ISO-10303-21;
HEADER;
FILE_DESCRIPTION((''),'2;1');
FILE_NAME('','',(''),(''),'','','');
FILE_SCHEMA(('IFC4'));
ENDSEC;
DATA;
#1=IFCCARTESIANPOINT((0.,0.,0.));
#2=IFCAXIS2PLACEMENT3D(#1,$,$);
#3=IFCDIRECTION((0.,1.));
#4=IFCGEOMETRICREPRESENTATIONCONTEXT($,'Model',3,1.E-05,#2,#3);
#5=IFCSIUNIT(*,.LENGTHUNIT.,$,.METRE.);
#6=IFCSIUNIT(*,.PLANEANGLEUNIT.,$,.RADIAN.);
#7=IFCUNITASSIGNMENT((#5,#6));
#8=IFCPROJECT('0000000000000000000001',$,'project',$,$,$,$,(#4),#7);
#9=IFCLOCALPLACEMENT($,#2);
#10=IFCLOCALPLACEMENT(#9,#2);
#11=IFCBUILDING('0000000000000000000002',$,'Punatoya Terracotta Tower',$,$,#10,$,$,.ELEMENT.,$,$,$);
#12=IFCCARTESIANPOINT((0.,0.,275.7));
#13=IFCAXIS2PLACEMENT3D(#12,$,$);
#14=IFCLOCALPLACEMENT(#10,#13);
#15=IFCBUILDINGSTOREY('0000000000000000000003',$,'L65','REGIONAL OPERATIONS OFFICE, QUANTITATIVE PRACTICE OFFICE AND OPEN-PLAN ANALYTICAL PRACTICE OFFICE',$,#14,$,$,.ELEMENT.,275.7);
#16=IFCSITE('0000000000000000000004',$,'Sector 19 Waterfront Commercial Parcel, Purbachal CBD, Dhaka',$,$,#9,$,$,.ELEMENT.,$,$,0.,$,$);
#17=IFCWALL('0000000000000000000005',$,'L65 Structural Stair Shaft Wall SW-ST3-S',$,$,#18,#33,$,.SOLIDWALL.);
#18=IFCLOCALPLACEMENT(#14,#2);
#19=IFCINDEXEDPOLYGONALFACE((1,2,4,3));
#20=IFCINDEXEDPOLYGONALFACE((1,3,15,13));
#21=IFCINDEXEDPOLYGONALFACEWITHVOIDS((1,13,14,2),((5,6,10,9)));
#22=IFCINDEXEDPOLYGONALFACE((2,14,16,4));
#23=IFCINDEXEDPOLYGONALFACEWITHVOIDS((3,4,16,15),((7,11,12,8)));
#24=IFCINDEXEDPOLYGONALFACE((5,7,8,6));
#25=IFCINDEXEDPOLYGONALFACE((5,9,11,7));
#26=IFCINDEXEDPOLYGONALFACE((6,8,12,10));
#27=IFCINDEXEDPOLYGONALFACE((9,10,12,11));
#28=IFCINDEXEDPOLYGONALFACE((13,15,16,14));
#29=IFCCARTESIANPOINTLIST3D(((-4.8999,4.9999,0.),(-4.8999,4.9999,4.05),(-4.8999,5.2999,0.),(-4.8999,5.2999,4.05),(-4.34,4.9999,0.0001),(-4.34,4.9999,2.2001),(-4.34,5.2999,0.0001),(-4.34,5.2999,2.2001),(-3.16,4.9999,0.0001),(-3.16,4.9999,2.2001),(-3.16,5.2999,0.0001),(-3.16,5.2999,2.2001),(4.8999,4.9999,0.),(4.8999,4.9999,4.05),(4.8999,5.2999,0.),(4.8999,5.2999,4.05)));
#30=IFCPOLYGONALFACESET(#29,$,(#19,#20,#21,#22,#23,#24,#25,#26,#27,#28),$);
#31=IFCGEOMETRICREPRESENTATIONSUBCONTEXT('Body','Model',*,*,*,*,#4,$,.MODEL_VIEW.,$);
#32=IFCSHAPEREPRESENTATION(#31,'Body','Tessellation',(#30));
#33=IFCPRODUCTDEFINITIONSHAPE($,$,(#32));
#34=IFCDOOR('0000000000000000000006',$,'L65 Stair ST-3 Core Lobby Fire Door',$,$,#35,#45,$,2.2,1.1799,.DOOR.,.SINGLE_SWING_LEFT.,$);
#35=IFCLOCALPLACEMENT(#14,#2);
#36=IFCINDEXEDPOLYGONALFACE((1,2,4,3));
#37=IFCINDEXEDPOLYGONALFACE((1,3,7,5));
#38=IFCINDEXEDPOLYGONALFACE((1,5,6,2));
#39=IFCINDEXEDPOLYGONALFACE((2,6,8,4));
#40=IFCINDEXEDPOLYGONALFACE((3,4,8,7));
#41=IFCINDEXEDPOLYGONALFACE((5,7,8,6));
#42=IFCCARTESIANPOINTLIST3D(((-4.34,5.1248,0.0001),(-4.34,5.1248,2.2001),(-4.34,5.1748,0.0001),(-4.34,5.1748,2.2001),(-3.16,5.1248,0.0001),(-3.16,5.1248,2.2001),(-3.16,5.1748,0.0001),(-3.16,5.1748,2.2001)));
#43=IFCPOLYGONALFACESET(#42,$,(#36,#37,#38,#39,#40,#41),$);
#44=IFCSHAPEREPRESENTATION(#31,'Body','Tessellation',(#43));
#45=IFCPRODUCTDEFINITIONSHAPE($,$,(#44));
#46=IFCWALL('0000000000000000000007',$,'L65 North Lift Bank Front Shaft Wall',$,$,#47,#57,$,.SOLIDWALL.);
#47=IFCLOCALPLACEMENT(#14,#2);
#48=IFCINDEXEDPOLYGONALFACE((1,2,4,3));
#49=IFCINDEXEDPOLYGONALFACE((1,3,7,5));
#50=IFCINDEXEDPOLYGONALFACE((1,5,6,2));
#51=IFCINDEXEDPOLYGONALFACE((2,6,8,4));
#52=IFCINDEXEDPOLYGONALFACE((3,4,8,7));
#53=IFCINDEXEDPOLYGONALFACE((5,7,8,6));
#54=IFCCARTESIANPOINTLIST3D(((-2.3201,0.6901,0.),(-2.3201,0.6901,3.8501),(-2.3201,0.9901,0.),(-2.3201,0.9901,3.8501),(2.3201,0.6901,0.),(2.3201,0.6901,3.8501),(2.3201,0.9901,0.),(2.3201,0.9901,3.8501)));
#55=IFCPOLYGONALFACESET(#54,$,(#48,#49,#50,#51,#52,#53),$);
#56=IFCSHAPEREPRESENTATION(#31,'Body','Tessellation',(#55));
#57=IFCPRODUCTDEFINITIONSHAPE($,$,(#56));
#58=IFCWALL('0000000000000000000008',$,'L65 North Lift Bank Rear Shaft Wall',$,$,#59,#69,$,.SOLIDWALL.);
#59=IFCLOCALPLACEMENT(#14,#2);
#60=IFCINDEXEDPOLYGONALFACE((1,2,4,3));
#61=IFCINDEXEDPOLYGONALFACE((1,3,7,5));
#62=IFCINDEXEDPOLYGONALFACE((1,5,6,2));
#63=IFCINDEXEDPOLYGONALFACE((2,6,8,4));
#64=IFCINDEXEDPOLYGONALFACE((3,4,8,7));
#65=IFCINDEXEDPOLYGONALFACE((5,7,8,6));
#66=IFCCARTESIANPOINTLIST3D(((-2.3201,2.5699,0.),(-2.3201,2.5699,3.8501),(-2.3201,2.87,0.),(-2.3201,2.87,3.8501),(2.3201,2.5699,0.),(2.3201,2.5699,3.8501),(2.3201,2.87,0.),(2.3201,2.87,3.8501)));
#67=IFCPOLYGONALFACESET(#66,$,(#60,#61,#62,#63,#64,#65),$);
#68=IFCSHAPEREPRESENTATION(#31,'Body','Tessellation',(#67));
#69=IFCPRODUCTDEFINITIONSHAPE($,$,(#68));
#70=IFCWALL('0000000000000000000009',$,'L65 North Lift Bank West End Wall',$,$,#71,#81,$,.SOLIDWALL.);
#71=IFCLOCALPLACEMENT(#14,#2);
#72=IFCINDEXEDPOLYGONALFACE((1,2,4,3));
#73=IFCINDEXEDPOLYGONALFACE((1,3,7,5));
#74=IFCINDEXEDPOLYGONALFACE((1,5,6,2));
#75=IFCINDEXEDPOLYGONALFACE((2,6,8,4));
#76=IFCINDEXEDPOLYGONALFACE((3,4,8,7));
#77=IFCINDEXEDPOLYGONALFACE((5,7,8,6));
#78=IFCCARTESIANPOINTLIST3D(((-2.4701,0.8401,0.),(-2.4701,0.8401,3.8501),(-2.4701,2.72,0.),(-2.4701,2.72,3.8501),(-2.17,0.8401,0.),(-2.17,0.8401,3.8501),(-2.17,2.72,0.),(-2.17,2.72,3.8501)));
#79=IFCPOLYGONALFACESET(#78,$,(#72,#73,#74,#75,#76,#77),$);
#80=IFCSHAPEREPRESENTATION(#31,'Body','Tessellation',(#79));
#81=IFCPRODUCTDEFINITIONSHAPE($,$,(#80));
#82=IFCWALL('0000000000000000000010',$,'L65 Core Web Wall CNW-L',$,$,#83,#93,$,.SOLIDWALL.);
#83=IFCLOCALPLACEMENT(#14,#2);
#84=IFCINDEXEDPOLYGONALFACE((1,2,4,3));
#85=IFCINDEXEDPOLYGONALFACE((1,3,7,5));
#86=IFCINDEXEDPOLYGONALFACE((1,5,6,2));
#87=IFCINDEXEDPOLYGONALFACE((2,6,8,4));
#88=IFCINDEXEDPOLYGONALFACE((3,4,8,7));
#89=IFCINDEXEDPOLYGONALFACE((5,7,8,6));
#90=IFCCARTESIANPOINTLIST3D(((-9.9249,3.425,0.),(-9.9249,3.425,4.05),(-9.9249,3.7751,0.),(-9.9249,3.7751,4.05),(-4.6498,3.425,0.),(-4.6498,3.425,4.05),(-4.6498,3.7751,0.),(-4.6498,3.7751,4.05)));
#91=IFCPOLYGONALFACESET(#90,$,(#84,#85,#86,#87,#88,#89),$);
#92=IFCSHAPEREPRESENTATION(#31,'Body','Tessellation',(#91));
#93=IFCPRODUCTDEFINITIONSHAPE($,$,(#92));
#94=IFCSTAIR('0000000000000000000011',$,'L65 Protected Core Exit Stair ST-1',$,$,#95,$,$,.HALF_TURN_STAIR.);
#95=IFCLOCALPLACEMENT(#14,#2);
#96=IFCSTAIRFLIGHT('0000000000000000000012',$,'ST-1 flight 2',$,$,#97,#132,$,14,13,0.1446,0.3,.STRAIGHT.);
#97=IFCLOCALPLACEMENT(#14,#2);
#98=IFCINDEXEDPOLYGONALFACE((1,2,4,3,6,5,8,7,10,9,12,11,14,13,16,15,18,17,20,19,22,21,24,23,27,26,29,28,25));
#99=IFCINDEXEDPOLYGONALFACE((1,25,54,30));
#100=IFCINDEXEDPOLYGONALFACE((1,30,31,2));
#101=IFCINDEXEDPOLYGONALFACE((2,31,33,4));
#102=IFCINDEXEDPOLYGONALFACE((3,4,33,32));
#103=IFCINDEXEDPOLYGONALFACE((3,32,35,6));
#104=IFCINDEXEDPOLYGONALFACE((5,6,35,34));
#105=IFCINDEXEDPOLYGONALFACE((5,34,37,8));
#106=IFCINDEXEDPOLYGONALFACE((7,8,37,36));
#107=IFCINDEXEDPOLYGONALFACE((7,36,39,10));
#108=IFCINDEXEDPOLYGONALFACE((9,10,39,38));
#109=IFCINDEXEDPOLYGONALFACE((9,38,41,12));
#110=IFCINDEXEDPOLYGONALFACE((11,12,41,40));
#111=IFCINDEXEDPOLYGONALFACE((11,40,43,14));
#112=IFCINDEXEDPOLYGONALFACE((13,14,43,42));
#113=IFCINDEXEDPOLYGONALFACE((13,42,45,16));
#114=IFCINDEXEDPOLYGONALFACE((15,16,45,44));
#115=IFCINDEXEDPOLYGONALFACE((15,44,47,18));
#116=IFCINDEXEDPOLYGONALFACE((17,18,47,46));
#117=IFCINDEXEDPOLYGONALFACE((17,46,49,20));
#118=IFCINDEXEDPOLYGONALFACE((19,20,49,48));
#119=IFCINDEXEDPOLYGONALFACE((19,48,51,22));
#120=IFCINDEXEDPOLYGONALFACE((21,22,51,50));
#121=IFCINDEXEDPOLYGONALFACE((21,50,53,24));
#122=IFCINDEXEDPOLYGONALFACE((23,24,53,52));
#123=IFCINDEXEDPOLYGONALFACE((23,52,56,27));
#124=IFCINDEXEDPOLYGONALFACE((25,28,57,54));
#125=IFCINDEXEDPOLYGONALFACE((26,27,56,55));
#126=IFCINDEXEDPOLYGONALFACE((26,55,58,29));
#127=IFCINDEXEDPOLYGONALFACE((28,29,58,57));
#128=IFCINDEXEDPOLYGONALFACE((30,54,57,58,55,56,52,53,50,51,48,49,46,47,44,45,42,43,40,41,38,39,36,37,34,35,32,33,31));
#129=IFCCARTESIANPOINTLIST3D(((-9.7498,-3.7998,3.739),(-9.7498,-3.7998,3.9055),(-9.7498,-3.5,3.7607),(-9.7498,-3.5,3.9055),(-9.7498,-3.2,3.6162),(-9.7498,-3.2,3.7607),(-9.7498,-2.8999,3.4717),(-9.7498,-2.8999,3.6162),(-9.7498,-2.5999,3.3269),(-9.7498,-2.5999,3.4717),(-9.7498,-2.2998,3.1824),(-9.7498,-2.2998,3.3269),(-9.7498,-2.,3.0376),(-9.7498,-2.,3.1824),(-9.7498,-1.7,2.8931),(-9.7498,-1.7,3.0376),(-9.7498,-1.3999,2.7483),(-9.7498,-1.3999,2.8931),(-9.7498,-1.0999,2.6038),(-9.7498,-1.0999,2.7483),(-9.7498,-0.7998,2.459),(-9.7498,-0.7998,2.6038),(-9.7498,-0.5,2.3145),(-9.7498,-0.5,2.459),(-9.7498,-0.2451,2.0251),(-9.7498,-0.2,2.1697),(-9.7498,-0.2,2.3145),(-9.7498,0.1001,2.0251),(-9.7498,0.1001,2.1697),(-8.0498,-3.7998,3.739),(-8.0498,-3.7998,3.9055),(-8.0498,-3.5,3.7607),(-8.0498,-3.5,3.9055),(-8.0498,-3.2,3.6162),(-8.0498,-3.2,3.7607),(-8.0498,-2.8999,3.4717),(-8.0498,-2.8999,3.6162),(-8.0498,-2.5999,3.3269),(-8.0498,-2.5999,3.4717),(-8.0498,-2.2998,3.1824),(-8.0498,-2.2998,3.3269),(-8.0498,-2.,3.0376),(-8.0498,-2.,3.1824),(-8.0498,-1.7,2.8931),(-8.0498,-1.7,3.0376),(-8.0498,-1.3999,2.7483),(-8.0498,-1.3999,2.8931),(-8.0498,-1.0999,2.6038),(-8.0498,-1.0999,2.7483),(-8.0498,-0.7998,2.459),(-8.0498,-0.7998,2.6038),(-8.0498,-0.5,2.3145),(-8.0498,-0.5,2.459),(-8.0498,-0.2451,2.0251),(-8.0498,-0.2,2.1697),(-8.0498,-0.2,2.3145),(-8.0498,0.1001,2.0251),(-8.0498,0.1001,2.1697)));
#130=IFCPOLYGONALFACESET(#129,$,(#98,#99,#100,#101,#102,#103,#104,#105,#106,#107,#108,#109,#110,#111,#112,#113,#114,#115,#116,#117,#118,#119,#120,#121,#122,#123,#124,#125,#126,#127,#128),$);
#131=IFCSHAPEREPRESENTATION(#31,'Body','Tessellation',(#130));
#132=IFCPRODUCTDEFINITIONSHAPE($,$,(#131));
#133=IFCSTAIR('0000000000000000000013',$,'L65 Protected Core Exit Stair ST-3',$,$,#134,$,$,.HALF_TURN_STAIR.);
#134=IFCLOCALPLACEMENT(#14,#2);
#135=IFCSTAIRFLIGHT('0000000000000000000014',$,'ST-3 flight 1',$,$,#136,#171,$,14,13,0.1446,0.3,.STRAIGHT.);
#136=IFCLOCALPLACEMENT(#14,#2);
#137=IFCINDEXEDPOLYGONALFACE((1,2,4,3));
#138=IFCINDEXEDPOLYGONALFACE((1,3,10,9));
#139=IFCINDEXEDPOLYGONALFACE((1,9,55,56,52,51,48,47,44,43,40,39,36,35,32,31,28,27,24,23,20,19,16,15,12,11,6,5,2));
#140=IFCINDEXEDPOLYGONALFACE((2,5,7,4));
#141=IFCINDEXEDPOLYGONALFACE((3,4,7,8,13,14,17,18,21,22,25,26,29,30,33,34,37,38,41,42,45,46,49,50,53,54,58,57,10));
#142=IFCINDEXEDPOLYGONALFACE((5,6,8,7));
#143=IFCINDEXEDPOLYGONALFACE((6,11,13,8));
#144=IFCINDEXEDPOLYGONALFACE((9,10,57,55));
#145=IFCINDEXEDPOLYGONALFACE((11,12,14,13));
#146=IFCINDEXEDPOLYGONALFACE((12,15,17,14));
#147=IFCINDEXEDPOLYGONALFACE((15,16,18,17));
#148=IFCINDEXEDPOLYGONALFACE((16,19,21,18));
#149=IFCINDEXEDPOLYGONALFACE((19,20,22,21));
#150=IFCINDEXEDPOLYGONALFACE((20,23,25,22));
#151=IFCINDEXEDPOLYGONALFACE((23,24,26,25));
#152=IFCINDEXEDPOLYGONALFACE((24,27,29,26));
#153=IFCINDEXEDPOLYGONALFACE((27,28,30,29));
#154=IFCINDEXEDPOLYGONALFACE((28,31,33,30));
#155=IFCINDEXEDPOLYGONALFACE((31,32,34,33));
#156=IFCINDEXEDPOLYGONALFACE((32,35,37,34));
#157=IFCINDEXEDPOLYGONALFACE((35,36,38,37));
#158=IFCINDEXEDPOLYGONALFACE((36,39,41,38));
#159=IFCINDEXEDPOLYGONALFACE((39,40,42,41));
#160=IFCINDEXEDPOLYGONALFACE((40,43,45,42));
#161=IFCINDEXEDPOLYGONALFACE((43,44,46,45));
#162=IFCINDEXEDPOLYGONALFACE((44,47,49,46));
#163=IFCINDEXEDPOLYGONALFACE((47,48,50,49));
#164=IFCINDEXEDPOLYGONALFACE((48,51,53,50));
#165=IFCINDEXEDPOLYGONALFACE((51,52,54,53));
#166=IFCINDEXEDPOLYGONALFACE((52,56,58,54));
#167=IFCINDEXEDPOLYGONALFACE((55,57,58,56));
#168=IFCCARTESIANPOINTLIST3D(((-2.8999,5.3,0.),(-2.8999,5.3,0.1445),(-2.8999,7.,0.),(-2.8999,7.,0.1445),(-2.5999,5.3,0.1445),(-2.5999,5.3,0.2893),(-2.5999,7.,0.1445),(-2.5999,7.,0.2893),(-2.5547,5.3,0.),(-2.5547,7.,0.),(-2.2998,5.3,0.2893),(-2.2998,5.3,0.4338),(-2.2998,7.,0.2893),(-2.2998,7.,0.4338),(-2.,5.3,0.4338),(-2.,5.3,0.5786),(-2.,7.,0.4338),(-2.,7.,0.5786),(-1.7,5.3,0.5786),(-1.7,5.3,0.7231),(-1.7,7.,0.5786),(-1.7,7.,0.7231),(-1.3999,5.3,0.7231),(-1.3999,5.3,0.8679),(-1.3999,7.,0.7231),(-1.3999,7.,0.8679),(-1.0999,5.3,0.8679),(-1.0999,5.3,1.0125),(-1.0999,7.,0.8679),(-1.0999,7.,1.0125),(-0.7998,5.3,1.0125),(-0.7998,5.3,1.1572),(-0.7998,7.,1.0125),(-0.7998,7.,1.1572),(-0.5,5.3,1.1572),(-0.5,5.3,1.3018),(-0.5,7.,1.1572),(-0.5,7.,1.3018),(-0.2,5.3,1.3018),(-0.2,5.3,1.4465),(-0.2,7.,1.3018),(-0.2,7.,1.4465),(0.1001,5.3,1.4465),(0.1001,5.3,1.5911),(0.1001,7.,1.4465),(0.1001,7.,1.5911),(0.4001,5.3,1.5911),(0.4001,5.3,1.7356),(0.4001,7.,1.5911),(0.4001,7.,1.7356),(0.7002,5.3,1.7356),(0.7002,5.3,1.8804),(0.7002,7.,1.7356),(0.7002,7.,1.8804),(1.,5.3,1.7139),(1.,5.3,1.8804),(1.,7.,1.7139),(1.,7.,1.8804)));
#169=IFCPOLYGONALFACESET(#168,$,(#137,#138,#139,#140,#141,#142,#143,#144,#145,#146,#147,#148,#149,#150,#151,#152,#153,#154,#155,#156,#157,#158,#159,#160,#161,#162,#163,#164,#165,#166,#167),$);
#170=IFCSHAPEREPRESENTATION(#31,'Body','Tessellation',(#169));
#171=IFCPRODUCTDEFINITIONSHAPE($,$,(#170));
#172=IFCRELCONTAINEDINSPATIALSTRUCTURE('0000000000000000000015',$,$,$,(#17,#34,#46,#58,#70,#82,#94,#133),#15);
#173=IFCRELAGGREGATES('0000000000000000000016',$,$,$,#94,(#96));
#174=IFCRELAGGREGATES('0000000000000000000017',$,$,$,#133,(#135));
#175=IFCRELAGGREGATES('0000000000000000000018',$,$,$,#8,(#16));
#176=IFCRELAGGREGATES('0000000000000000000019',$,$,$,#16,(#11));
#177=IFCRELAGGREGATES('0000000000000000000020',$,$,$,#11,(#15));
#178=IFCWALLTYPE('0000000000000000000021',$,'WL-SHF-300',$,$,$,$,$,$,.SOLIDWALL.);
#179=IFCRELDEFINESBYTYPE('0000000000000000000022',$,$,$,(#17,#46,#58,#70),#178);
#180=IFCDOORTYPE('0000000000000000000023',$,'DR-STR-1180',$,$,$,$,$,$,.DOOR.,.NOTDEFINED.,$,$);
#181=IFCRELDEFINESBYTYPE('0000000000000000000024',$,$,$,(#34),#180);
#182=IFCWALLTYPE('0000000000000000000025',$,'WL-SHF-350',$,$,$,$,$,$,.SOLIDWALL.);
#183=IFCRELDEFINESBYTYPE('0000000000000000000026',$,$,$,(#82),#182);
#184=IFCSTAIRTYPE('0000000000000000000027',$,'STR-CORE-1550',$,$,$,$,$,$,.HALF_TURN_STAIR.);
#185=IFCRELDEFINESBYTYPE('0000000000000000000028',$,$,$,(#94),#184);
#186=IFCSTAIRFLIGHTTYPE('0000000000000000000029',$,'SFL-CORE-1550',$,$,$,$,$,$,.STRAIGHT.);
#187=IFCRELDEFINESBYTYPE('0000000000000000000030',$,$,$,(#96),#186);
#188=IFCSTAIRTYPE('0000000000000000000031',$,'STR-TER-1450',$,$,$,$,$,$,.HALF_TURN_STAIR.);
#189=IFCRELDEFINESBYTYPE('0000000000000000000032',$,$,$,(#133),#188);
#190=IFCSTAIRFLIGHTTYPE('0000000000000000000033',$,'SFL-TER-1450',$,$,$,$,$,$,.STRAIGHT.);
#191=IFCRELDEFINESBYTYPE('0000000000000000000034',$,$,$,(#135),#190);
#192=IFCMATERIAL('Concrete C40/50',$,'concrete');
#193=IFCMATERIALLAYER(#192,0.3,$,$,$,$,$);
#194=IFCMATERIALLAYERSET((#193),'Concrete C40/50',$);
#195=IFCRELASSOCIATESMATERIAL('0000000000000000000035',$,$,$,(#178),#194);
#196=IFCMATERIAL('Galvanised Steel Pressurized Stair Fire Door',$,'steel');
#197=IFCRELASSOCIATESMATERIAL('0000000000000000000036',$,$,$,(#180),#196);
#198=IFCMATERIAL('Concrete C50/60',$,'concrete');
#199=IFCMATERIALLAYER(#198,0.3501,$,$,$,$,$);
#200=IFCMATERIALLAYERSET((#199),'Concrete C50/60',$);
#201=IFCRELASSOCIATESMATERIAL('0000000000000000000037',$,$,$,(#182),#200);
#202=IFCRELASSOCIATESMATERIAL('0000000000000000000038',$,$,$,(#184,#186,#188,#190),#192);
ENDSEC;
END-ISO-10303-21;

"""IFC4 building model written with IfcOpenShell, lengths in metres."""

from ifc_helpers import new_model, si_unit, direction, frame, frame_2d, origin, place, context, subcontext, project, spatial, polyline, rectangle, outline, extrude, material, layer, layer_set, type_object, element, fill, aggregate, save


model = new_model("IFC4")

# Units and contexts
model_context = context("Model", 3, precision=1e-05, world=origin(), true_north=direction((0.0, 1.0)))
body_context = subcontext(model_context, "Body", "Model", "MODEL_VIEW")
ifc_project = project(units=[si_unit("LENGTHUNIT", "METRE"), si_unit("PLANEANGLEUNIT", "RADIAN")], contexts=[model_context])

# Site, building, storey
site_placement = place(None, origin())
site = spatial("IfcSite", under=ifc_project, at=site_placement, Name="Sector 19 Waterfront Commercial Parcel, Purbachal CBD, Dhaka", CompositionType="ELEMENT", RefElevation=0.0)
building_placement = place(site_placement, origin())
building = spatial("IfcBuilding", under=site, at=building_placement, Name="Punatoya Terracotta Tower", CompositionType="ELEMENT")
storey_placement = place(building_placement, frame((0.0, 0.0, 275.7)))
storey = spatial("IfcBuildingStorey", under=building, at=storey_placement, Name="L65", Description="REGIONAL OPERATIONS OFFICE, QUANTITATIVE PRACTICE OFFICE AND OPEN-PLAN ANALYTICAL PRACTICE OFFICE", CompositionType="ELEMENT", Elevation=275.7)

# Shared definitions
ifc_material_1 = material(Name="Concrete C50/60", Category="concrete")

# Shared definitions
ifc_material_2 = material(Name="Concrete C40/50", Category="concrete")

# Shared definitions
ifc_layer_1 = layer(ifc_material_2, 0.3)
ifc_layer_set_1 = layer_set([ifc_layer_1], Name="Concrete C40/50")
wall_type_1 = type_object("IfcWallType", Name="WL-SHF-300", PredefinedType="SOLIDWALL", material=ifc_layer_set_1)

# Wall, opening, door
wall_1_placement = place(storey_placement, frame((-4.8999, 5.1499, 0.0), z_axis=(0.0, 0.0, 1.0), x_axis=(1.0, 0.0, 0.0)))
wall_1 = element("IfcWall", 1, at=wall_1_placement, inside=storey, type_object=wall_type_1, Name="L65 Structural Stair Shaft Wall SW-ST3-S", PredefinedType="SOLIDWALL", context=body_context, shape_type="SweptSolid", body=[
    extrude(rectangle(XDim=9.7998, YDim=0.3, at=frame_2d((4.8999, 0.0))), origin(), (0.0, 0.0, 1.0), 4.05),
])
opening_1_placement = place(wall_1_placement, frame((0.5601, 0.0, 0.0)))
opening_1 = element("IfcOpeningElement", 2, at=opening_1_placement, cuts=wall_1, PredefinedType="OPENING", context=body_context, shape_type="SweptSolid", body=[
    extrude(rectangle(XDim=1.1799, YDim=2.2, at=frame_2d((0.5898, 1.1001))), frame((0.0, 0.1599, 0.0), z_axis=(0.0, -1.0, 0.0), x_axis=(1.0, 0.0, 0.0)), (0.0, 0.0, 1.0), 0.3201),
])
ifc_material_3 = material(Name="Galvanised Steel Pressurized Stair Fire Door", Category="steel")
door_type_1 = type_object("IfcDoorType", Name="DR-STR-1180", OperationType="NOTDEFINED", PredefinedType="DOOR", material=ifc_material_3)
door_1_placement = place(opening_1_placement, origin())
door_1 = element("IfcDoor", 3, at=door_1_placement, inside=storey, type_object=door_type_1, Name="L65 Stair ST-3 Core Lobby Fire Door", OperationType="SINGLE_SWING_LEFT", OverallHeight=2.2, OverallWidth=1.1799, PredefinedType="DOOR", context=body_context, shape_type="SweptSolid", body=[
    extrude(rectangle(XDim=1.1799, YDim=2.2, at=frame_2d((0.5898, 1.1001))), frame((0.0, 0.0249, 0.0), z_axis=(0.0, -1.0, 0.0), x_axis=(1.0, 0.0, 0.0)), (0.0, 0.0, 1.0), 0.05),
])
fill(opening_1, door_1)

# Walls
for number, where, z_axis, x_axis, name in (
    (4, (-2.3201, 0.8401, 0.0), (0.0, 0.0, 1.0), (1.0, 0.0, 0.0), "L65 North Lift Bank Front Shaft Wall"),
    (5, (-2.3201, 2.72, 0.0), (0.0, 0.0, 1.0), (1.0, 0.0, 0.0), "L65 North Lift Bank Rear Shaft Wall"),
):
    element("IfcWall", number, at=place(storey_placement, frame(where, z_axis=z_axis, x_axis=x_axis)), inside=storey, type_object=wall_type_1, Name=name, PredefinedType="SOLIDWALL", context=body_context, shape_type="SweptSolid", body=[
        extrude(rectangle(XDim=4.6401, YDim=0.3, at=frame_2d((2.3201, 0.0))), origin(), (0.0, 0.0, 1.0), 3.8501),
    ])
wall_2_placement = place(storey_placement, frame((-2.3201, 0.8401, 0.0), z_axis=(0.0, 0.0, 1.0), x_axis=(0.0, 1.0, 0.0)))
element("IfcWall", 6, at=wall_2_placement, inside=storey, type_object=wall_type_1, Name="L65 North Lift Bank West End Wall", PredefinedType="SOLIDWALL", context=body_context, shape_type="SweptSolid", body=[
    extrude(rectangle(XDim=1.8799, YDim=0.3, at=frame_2d((0.9399, 0.0))), origin(), (0.0, 0.0, 1.0), 3.8501),
])
ifc_layer_2 = layer(ifc_material_1, 0.3501)
ifc_layer_set_2 = layer_set([ifc_layer_2], Name="Concrete C50/60")
wall_type_2 = type_object("IfcWallType", Name="WL-SHF-350", PredefinedType="SOLIDWALL", material=ifc_layer_set_2)
wall_3_placement = place(storey_placement, frame((-9.925, 3.6001, 0.0), z_axis=(0.0, 0.0, 1.0), x_axis=(1.0, 0.0, 0.0)))
element("IfcWall", 7, at=wall_3_placement, inside=storey, type_object=wall_type_2, Name="L65 Core Web Wall CNW-L", PredefinedType="SOLIDWALL", context=body_context, shape_type="SweptSolid", body=[
    extrude(rectangle(XDim=5.2751, YDim=0.3501, at=frame_2d((2.6377, 0.0))), origin(), (0.0, 0.0, 1.0), 4.05),
])

# Stair, stair flight
stair_type_1 = type_object("IfcStairType", Name="STR-CORE-1550", PredefinedType="HALF_TURN_STAIR", material=ifc_material_2)
stair_1_placement = place(storey_placement, origin())
stair_1 = element("IfcStair", 8, at=stair_1_placement, inside=storey, type_object=stair_type_1, Name="L65 Protected Core Exit Stair ST-1", PredefinedType="HALF_TURN_STAIR")
stair_flight_type_1 = type_object("IfcStairFlightType", Name="SFL-CORE-1550", PredefinedType="STRAIGHT", material=ifc_material_2)
stair_flight_1_placement = place(storey_placement, frame((-8.8999, 0.1001, 2.0251), z_axis=(0.0, 0.0, 1.0), x_axis=(0.0, -1.0, 0.0)))
stair_flight_1 = element("IfcStairFlight", 9, at=stair_flight_1_placement, type_object=stair_flight_type_1, Name="ST-1 flight 2", NumberOfRisers=14, NumberOfTreads=13, PredefinedType="STRAIGHT", RiserHeight=0.1446, TreadLength=0.3, context=body_context, shape_type="SweptSolid", body=[
    extrude(outline(polyline([(0.0, 0.0), (0.0, 0.1445), (0.3, 0.1445), (0.3, 0.2893), (0.6001, 0.2893), (0.6001, 0.4338), (0.8999, 0.4338), (0.8999, 0.5786), (1.2, 0.5786), (1.2, 0.7231), (1.5, 0.7231), (1.5, 0.8679), (1.8, 0.8679), (1.8, 1.0125), (2.1001, 1.0125), (2.1001, 1.1572), (2.3999, 1.1572), (2.3999, 1.3018), (2.7, 1.3018), (2.7, 1.4465), (3.0, 1.4465), (3.0, 1.5911), (3.3, 1.5911), (3.3, 1.7356), (3.6001, 1.7356), (3.6001, 1.8804), (3.8999, 1.8804), (3.8999, 2.0249), (3.8999, 1.7139), (0.3452, 0.0), (0.0, 0.0)])), frame((0.0, 0.8501, 0.0), z_axis=(0.0, -1.0, 0.0), x_axis=(1.0, 0.0, 0.0)), (0.0, 0.0, 1.0), 1.7),
])
aggregate(stair_1, [stair_flight_1])

# Stair, stair flight
stair_type_2 = type_object("IfcStairType", Name="STR-TER-1450", PredefinedType="HALF_TURN_STAIR", material=ifc_material_2)
stair_2_placement = place(storey_placement, origin())
stair_2 = element("IfcStair", 10, at=stair_2_placement, inside=storey, type_object=stair_type_2, Name="L65 Protected Core Exit Stair ST-3", PredefinedType="HALF_TURN_STAIR")
stair_flight_type_2 = type_object("IfcStairFlightType", Name="SFL-TER-1450", PredefinedType="STRAIGHT", material=ifc_material_2)
stair_flight_2_placement = place(storey_placement, frame((-2.8999, 6.1499, 0.0), z_axis=(0.0, 0.0, 1.0), x_axis=(1.0, 0.0, 0.0)))
stair_flight_2 = element("IfcStairFlight", 11, at=stair_flight_2_placement, type_object=stair_flight_type_2, Name="ST-3 flight 1", NumberOfRisers=14, NumberOfTreads=13, PredefinedType="STRAIGHT", RiserHeight=0.1446, TreadLength=0.3, context=body_context, shape_type="SweptSolid", body=[
    extrude(outline(polyline([(0.0, 0.0), (0.0, 0.1445), (0.3, 0.1445), (0.3, 0.2893), (0.6001, 0.2893), (0.6001, 0.4338), (0.8999, 0.4338), (0.8999, 0.5786), (1.2, 0.5786), (1.2, 0.7231), (1.5, 0.7231), (1.5, 0.8679), (1.8, 0.8679), (1.8, 1.0125), (2.1001, 1.0125), (2.1001, 1.1572), (2.3999, 1.1572), (2.3999, 1.3018), (2.7, 1.3018), (2.7, 1.4465), (3.0, 1.4465), (3.0, 1.5911), (3.3, 1.5911), (3.3, 1.7356), (3.6001, 1.7356), (3.6001, 1.8804), (3.8999, 1.8804), (3.8999, 2.0249), (3.8999, 1.7139), (0.3452, 0.0), (0.0, 0.0)])), frame((0.0, 0.8501, 0.0), z_axis=(0.0, -1.0, 0.0), x_axis=(1.0, 0.0, 0.0)), (0.0, 0.0, 1.0), 1.7),
])
aggregate(stair_2, [stair_flight_2])

save(model, "model.ifc")
